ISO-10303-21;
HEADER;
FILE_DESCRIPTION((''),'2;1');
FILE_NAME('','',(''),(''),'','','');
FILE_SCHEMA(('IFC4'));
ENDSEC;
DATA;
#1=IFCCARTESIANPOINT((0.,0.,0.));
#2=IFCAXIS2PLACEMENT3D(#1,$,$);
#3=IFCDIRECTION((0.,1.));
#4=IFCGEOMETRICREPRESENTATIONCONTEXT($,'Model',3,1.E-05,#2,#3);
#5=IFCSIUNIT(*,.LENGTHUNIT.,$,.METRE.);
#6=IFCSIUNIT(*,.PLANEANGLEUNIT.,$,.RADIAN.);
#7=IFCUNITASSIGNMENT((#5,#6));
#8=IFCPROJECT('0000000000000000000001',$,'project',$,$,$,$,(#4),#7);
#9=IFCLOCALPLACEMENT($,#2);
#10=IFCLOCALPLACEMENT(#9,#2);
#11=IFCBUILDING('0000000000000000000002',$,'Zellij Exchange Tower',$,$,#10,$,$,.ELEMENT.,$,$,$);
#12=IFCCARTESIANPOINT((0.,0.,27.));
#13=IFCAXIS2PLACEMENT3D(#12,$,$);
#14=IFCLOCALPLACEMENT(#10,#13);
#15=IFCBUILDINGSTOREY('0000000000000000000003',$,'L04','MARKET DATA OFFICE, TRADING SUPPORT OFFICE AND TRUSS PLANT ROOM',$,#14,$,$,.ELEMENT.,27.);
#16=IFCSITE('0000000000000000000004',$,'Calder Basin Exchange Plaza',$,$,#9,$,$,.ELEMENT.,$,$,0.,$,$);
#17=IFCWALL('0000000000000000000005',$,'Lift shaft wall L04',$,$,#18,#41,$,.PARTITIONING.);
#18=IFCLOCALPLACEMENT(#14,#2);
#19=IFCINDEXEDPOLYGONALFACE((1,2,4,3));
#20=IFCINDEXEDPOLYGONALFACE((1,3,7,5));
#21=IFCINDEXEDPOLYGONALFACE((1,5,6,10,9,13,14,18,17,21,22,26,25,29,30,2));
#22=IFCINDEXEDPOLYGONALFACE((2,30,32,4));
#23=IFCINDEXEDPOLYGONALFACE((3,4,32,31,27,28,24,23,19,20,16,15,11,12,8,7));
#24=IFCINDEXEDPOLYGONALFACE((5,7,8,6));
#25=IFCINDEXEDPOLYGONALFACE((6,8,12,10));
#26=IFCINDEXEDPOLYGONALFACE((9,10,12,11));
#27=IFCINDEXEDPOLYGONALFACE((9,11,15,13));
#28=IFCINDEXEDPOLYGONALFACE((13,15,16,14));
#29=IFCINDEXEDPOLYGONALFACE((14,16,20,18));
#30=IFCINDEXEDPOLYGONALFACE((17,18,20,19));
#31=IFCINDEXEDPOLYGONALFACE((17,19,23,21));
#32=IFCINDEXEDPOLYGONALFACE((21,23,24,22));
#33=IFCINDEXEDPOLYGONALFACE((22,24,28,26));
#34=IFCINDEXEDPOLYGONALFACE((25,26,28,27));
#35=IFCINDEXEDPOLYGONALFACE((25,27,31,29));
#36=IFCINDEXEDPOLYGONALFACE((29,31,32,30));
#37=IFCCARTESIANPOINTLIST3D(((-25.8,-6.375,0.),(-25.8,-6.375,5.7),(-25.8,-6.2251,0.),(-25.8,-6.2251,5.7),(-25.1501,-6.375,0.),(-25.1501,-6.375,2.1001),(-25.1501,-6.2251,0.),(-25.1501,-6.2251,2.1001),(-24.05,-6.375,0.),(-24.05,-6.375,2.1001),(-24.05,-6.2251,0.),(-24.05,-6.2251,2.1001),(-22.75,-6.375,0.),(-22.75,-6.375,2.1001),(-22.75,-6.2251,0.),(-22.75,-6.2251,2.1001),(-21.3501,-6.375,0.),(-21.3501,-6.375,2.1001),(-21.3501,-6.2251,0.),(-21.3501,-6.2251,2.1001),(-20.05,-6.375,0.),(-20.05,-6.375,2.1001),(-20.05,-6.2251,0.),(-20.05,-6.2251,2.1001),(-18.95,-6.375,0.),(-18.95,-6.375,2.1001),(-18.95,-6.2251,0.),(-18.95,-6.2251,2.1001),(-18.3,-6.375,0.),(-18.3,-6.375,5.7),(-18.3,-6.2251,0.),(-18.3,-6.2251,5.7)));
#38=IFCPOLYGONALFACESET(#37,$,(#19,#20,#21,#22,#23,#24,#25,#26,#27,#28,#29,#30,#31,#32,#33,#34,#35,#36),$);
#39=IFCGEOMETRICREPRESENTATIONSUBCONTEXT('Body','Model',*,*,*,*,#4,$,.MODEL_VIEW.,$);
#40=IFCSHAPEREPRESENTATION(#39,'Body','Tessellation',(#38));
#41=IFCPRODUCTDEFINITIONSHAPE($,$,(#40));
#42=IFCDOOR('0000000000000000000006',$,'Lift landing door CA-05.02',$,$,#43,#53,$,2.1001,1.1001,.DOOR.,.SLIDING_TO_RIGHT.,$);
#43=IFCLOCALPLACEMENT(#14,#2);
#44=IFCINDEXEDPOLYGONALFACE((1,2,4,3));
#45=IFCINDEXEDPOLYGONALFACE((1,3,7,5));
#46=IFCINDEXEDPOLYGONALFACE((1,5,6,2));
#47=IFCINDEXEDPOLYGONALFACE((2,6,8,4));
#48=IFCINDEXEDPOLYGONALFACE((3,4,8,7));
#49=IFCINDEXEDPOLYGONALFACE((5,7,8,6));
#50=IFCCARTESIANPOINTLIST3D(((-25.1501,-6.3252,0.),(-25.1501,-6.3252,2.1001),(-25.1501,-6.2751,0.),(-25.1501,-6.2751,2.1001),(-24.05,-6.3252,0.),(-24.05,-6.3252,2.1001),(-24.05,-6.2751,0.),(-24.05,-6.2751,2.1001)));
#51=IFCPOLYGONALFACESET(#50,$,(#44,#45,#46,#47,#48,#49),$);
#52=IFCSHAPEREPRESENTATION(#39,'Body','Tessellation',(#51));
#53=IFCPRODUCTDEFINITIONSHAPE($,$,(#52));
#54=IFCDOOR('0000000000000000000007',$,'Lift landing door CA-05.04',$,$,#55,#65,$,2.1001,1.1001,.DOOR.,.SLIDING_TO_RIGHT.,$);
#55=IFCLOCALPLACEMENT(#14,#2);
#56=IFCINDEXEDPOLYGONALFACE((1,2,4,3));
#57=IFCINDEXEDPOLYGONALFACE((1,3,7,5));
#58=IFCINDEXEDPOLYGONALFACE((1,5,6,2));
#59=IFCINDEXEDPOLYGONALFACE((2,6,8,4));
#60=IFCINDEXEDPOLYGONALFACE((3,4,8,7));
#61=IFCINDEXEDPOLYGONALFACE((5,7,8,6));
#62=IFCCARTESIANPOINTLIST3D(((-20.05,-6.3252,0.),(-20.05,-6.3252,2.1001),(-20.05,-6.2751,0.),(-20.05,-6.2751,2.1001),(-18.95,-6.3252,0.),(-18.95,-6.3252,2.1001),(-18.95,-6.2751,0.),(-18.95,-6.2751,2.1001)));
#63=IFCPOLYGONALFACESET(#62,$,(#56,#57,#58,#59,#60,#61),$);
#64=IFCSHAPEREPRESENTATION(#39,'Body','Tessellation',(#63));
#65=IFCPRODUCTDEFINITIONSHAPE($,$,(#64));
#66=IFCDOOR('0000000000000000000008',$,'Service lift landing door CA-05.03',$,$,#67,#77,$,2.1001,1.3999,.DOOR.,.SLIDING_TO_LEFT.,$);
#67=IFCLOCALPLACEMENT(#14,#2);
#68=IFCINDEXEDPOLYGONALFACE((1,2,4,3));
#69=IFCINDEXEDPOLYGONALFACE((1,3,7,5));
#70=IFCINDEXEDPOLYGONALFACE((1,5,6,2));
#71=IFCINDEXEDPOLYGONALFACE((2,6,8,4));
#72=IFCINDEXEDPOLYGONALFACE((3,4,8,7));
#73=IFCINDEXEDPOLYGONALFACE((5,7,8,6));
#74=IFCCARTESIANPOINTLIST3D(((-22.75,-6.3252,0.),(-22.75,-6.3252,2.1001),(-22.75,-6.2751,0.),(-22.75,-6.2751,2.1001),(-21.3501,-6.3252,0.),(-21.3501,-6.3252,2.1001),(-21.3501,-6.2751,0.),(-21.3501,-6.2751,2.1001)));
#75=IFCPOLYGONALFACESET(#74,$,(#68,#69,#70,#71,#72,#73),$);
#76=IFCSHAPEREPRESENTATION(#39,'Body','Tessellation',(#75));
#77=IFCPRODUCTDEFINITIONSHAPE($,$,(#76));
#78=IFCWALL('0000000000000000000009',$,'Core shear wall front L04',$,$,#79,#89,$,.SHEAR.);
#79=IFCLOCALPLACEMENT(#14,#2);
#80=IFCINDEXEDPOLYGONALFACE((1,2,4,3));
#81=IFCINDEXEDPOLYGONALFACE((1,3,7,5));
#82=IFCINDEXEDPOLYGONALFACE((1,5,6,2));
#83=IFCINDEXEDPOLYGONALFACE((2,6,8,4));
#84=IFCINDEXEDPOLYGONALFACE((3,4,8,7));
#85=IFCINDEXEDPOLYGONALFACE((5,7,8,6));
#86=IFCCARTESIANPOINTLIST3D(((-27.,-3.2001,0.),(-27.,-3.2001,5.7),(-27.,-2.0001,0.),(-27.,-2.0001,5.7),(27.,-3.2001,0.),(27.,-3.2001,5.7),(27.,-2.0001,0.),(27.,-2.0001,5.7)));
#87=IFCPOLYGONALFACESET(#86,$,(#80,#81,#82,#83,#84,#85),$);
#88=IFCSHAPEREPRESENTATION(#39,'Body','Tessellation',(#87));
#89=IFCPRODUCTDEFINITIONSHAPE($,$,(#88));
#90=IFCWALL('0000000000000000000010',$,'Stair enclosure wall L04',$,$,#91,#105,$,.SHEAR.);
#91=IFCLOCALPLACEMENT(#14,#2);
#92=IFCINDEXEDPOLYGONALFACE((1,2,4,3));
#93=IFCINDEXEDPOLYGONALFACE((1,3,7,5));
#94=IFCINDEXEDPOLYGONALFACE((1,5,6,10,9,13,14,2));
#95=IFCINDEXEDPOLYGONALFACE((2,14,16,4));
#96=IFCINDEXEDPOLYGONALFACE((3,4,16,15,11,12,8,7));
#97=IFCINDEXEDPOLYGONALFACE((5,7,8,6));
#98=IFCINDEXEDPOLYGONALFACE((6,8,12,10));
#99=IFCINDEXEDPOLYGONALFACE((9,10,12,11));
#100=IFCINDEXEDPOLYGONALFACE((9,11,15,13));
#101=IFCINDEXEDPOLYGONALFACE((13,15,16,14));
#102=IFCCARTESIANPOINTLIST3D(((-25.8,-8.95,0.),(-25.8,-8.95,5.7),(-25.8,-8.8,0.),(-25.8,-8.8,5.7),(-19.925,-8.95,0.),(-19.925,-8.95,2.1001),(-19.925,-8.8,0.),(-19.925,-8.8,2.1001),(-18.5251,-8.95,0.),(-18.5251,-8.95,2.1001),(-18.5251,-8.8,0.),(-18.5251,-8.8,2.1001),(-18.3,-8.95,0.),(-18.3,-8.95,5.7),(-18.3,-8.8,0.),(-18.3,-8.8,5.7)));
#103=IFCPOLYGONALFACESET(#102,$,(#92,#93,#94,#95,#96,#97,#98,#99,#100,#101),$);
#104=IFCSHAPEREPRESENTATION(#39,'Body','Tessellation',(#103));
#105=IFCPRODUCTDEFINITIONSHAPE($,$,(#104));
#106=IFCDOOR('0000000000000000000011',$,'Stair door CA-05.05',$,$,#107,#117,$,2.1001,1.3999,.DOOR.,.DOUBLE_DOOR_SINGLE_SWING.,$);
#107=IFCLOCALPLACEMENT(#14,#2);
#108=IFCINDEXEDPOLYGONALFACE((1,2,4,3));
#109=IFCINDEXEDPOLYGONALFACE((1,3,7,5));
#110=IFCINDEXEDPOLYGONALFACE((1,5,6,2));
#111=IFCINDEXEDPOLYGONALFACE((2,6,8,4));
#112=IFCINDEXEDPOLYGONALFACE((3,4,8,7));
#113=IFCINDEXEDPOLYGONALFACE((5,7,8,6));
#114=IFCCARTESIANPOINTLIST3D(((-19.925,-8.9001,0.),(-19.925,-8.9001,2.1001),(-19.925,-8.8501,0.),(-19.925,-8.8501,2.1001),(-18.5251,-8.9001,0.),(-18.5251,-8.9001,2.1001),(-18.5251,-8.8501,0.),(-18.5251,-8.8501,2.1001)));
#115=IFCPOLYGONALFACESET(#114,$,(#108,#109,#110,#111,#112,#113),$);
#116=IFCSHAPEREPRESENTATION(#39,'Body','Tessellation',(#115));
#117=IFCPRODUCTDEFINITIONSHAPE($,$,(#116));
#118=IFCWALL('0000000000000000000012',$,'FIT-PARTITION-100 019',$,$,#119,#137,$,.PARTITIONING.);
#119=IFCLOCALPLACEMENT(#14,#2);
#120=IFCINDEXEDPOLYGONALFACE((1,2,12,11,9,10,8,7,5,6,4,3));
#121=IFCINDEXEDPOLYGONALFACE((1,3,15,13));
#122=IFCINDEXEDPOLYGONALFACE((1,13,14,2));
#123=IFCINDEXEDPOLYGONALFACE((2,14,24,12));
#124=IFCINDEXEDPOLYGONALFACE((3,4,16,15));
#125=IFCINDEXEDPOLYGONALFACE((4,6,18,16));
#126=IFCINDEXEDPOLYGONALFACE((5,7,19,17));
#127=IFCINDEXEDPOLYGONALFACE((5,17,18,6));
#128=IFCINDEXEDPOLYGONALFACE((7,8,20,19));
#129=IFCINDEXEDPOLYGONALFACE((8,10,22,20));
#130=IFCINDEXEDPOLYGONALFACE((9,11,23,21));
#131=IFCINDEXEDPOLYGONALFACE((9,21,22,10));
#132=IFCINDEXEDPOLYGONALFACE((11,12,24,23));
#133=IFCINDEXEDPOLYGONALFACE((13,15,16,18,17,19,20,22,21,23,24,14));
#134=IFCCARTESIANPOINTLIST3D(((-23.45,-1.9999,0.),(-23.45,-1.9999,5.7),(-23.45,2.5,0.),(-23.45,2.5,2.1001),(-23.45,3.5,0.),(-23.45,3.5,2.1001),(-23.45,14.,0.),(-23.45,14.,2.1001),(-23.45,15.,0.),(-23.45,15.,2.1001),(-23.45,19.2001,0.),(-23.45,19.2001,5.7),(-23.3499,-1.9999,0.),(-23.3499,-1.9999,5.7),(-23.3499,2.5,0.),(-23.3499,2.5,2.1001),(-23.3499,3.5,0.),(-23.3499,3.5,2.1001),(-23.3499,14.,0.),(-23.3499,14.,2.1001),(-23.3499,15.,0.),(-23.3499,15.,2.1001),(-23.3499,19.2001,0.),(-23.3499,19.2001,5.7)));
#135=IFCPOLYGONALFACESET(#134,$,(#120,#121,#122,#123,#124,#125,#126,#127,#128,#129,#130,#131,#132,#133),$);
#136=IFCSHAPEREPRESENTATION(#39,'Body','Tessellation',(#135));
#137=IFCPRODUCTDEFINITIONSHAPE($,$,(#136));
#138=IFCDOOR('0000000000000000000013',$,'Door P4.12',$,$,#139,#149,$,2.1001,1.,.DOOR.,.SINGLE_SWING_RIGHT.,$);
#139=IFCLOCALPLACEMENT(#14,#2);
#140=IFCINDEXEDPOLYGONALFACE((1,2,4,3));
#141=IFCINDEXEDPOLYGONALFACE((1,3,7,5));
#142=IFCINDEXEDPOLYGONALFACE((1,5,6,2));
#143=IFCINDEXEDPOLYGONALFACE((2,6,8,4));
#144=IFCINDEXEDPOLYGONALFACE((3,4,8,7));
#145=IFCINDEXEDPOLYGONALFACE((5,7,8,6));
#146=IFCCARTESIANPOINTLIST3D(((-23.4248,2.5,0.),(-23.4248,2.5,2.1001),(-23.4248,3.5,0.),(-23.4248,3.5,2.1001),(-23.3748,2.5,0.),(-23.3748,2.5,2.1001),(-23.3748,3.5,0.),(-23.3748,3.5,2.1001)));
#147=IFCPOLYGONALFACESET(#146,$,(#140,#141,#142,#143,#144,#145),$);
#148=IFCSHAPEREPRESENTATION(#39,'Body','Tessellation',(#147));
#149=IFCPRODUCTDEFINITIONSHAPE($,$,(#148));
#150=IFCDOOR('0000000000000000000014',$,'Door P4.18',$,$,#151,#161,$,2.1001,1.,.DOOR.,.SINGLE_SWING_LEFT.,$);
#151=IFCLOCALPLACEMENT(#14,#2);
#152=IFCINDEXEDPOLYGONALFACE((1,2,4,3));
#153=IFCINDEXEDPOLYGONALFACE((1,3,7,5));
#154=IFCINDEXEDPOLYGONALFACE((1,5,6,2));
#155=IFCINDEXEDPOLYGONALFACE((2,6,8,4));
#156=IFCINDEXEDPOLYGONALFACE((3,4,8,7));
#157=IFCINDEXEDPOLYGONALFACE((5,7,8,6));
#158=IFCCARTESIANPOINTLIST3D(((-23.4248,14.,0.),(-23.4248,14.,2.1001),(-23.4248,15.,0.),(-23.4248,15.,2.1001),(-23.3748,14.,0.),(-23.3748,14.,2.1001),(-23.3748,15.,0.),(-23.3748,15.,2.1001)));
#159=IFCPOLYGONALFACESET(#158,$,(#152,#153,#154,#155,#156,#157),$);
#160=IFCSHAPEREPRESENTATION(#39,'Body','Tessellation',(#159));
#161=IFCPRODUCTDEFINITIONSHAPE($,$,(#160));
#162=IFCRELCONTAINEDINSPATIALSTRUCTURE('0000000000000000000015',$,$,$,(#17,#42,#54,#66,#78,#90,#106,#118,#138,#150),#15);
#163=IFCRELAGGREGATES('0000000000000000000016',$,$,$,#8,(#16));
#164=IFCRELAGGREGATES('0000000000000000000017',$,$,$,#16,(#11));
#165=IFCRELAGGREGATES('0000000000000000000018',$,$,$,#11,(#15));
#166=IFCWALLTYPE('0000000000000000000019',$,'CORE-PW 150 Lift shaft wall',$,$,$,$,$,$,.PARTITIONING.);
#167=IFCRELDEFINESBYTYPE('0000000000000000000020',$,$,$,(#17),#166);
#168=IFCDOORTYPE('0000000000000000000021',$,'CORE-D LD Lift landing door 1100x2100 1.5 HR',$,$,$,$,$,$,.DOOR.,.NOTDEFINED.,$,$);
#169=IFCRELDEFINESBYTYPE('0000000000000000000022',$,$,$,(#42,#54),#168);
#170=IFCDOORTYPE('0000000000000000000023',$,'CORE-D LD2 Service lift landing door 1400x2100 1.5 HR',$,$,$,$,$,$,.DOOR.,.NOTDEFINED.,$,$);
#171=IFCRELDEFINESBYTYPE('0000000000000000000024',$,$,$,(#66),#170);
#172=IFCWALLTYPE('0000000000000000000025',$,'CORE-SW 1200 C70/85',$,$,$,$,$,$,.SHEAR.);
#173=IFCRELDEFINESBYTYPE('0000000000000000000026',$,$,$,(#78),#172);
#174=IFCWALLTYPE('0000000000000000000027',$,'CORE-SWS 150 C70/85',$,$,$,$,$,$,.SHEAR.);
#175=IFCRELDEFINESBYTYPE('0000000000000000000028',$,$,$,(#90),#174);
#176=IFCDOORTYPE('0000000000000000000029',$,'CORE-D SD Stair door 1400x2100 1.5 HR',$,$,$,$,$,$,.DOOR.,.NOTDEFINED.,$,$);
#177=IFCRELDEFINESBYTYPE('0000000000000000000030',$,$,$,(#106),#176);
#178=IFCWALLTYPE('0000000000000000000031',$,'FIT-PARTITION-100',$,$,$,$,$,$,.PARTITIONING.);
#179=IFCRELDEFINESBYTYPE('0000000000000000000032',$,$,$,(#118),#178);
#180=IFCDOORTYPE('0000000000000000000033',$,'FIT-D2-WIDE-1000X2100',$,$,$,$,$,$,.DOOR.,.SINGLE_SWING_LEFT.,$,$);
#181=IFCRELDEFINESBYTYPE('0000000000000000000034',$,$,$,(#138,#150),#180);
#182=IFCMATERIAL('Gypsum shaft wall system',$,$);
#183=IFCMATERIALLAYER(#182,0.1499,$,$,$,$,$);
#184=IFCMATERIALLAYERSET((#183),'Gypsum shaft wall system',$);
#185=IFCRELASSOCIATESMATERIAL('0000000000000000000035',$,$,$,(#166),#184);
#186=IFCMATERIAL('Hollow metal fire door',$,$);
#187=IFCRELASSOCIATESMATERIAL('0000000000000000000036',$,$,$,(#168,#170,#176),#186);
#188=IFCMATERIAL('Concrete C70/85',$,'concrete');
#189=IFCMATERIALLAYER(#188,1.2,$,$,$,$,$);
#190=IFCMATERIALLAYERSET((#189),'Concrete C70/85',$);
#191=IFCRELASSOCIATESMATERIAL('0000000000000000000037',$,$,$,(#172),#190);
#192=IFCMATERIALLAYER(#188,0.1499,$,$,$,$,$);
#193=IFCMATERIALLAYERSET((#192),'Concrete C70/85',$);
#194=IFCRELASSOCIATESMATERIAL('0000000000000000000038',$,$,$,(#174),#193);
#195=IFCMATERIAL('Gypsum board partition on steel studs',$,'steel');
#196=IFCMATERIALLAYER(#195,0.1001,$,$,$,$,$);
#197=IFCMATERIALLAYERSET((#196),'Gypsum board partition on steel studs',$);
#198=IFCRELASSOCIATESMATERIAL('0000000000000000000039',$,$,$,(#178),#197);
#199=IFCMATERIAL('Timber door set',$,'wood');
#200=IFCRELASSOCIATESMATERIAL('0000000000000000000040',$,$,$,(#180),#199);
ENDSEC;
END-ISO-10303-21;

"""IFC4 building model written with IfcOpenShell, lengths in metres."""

from ifc_helpers import new_model, si_unit, direction, frame, frame_2d, origin, place, context, subcontext, project, spatial, rectangle, extrude, material, layer, layer_set, type_object, element, fill, save


model = new_model("IFC4")

# Units and contexts
model_context = context("Model", 3, precision=1e-05, world=origin(), true_north=direction((0.0, 1.0)))
body_context = subcontext(model_context, "Body", "Model", "MODEL_VIEW")
ifc_project = project(units=[si_unit("LENGTHUNIT", "METRE"), si_unit("PLANEANGLEUNIT", "RADIAN")], contexts=[model_context])

# Site, building, storey
site_placement = place(None, origin())
site = spatial("IfcSite", under=ifc_project, at=site_placement, Name="Calder Basin Exchange Plaza", CompositionType="ELEMENT", RefElevation=0.0)
building_placement = place(site_placement, origin())
building = spatial("IfcBuilding", under=site, at=building_placement, Name="Zellij Exchange Tower", CompositionType="ELEMENT")
storey_placement = place(building_placement, frame((0.0, 0.0, 27.0)))
storey = spatial("IfcBuildingStorey", under=building, at=storey_placement, Name="L04", Description="MARKET DATA OFFICE, TRADING SUPPORT OFFICE AND TRUSS PLANT ROOM", CompositionType="ELEMENT", Elevation=27.0)

# Shared definitions
ifc_material_1 = material(Name="Concrete C70/85", Category="concrete")

# Shared definitions
ifc_material_2 = material(Name="Gypsum shaft wall system")
ifc_layer_1 = layer(ifc_material_2, 0.1499)
ifc_layer_set_1 = layer_set([ifc_layer_1], Name="Gypsum shaft wall system")
wall_type_1 = type_object("IfcWallType", Name="CORE-PW 150 Lift shaft wall", PredefinedType="PARTITIONING", material=ifc_layer_set_1)

# Wall, openings, doors
wall_1_placement = place(storey_placement, frame((-25.8, -6.3, 0.0), z_axis=(0.0, 0.0, 1.0), x_axis=(1.0, 0.0, 0.0)))
wall_1 = element("IfcWall", 1, at=wall_1_placement, inside=storey, type_object=wall_type_1, Name="Lift shaft wall L04", PredefinedType="PARTITIONING", context=body_context, shape_type="SweptSolid", body=[
    extrude(rectangle(XDim=7.5, YDim=0.1499, at=frame_2d((3.75, 0.0))), origin(), (0.0, 0.0, 1.0), 5.7),
])
opening_1_placement = place(wall_1_placement, frame((0.6499, 0.0, 0.0)))
opening_1 = element("IfcOpeningElement", 2, at=opening_1_placement, cuts=wall_1, PredefinedType="OPENING", context=body_context, shape_type="SweptSolid", body=[
    extrude(rectangle(XDim=1.1001, YDim=2.1001, at=frame_2d((0.55, 1.05))), frame((0.0, 0.0869, 0.0), z_axis=(0.0, -1.0, 0.0), x_axis=(1.0, 0.0, 0.0)), (0.0, 0.0, 1.0), 0.1738),
])
opening_2_placement = place(wall_1_placement, frame((3.05, 0.0, 0.0)))
opening_2 = element("IfcOpeningElement", 3, at=opening_2_placement, cuts=wall_1, PredefinedType="OPENING", context=body_context, shape_type="SweptSolid", body=[
    extrude(rectangle(XDim=1.3999, YDim=2.1001, at=frame_2d((0.7, 1.05))), frame((0.0, 0.0869, 0.0), z_axis=(0.0, -1.0, 0.0), x_axis=(1.0, 0.0, 0.0)), (0.0, 0.0, 1.0), 0.1738),
])
opening_3_placement = place(wall_1_placement, frame((5.75, 0.0, 0.0)))
opening_3 = element("IfcOpeningElement", 4, at=opening_3_placement, cuts=wall_1, PredefinedType="OPENING", context=body_context, shape_type="SweptSolid", body=[
    extrude(rectangle(XDim=1.1001, YDim=2.1001, at=frame_2d((0.55, 1.05))), frame((0.0, 0.0869, 0.0), z_axis=(0.0, -1.0, 0.0), x_axis=(1.0, 0.0, 0.0)), (0.0, 0.0, 1.0), 0.1738),
])
ifc_material_3 = material(Name="Hollow metal fire door")
door_type_1 = type_object("IfcDoorType", Name="CORE-D LD Lift landing door 1100x2100 1.5 HR", OperationType="NOTDEFINED", PredefinedType="DOOR", material=ifc_material_3)
door_1_placement = place(opening_1_placement, origin())
door_1 = element("IfcDoor", 5, at=door_1_placement, inside=storey, type_object=door_type_1, Name="Lift landing door CA-05.02", OperationType="SLIDING_TO_RIGHT", OverallHeight=2.1001, OverallWidth=1.1001, PredefinedType="DOOR", context=body_context, shape_type="SweptSolid", body=[
    extrude(rectangle(XDim=1.1001, YDim=2.1001, at=frame_2d((0.55, 1.05))), frame((0.0, 0.0249, 0.0), z_axis=(0.0, -1.0, 0.0), x_axis=(1.0, 0.0, 0.0)), (0.0, 0.0, 1.0), 0.05),
])
fill(opening_1, door_1)
door_2_placement = place(opening_3_placement, origin())
door_2 = element("IfcDoor", 6, at=door_2_placement, inside=storey, type_object=door_type_1, Name="Lift landing door CA-05.04", OperationType="SLIDING_TO_RIGHT", OverallHeight=2.1001, OverallWidth=1.1001, PredefinedType="DOOR", context=body_context, shape_type="SweptSolid", body=[
    extrude(rectangle(XDim=1.1001, YDim=2.1001, at=frame_2d((0.55, 1.05))), frame((0.0, 0.0249, 0.0), z_axis=(0.0, -1.0, 0.0), x_axis=(1.0, 0.0, 0.0)), (0.0, 0.0, 1.0), 0.05),
])
fill(opening_3, door_2)
door_type_2 = type_object("IfcDoorType", Name="CORE-D LD2 Service lift landing door 1400x2100 1.5 HR", OperationType="NOTDEFINED", PredefinedType="DOOR", material=ifc_material_3)
door_3_placement = place(opening_2_placement, origin())
door_3 = element("IfcDoor", 7, at=door_3_placement, inside=storey, type_object=door_type_2, Name="Service lift landing door CA-05.03", OperationType="SLIDING_TO_LEFT", OverallHeight=2.1001, OverallWidth=1.3999, PredefinedType="DOOR", context=body_context, shape_type="SweptSolid", body=[
    extrude(rectangle(XDim=1.3999, YDim=2.1001, at=frame_2d((0.7, 1.05))), frame((0.0, 0.0249, 0.0), z_axis=(0.0, -1.0, 0.0), x_axis=(1.0, 0.0, 0.0)), (0.0, 0.0, 1.0), 0.05),
])
fill(opening_2, door_3)

# Wall
ifc_layer_2 = layer(ifc_material_1, 1.2)
ifc_layer_set_2 = layer_set([ifc_layer_2], Name="Concrete C70/85")
wall_type_2 = type_object("IfcWallType", Name="CORE-SW 1200 C70/85", PredefinedType="SHEAR", material=ifc_layer_set_2)
wall_2_placement = place(storey_placement, frame((-27.0, -2.6001, 0.0), z_axis=(0.0, 0.0, 1.0), x_axis=(1.0, 0.0, 0.0)))
element("IfcWall", 8, at=wall_2_placement, inside=storey, type_object=wall_type_2, Name="Core shear wall front L04", PredefinedType="SHEAR", context=body_context, shape_type="SweptSolid", body=[
    extrude(rectangle(XDim=54.0, YDim=1.2, at=frame_2d((27.0, 0.0))), origin(), (0.0, 0.0, 1.0), 5.7),
])

# Wall, opening, door
ifc_layer_3 = layer(ifc_material_1, 0.1499)
ifc_layer_set_3 = layer_set([ifc_layer_3], Name="Concrete C70/85")
wall_type_3 = type_object("IfcWallType", Name="CORE-SWS 150 C70/85", PredefinedType="SHEAR", material=ifc_layer_set_3)
wall_3_placement = place(storey_placement, frame((-25.8, -8.875, 0.0), z_axis=(0.0, 0.0, 1.0), x_axis=(1.0, 0.0, 0.0)))
wall_3 = element("IfcWall", 9, at=wall_3_placement, inside=storey, type_object=wall_type_3, Name="Stair enclosure wall L04", PredefinedType="SHEAR", context=body_context, shape_type="SweptSolid", body=[
    extrude(rectangle(XDim=7.5, YDim=0.1499, at=frame_2d((3.75, 0.0))), origin(), (0.0, 0.0, 1.0), 5.7),
])
opening_4_placement = place(wall_3_placement, frame((5.875, 0.0, 0.0)))
opening_4 = element("IfcOpeningElement", 10, at=opening_4_placement, cuts=wall_3, PredefinedType="OPENING", context=body_context, shape_type="SweptSolid", body=[
    extrude(rectangle(XDim=1.3999, YDim=2.1001, at=frame_2d((0.7, 1.05))), frame((0.0, 0.0869, 0.0), z_axis=(0.0, -1.0, 0.0), x_axis=(1.0, 0.0, 0.0)), (0.0, 0.0, 1.0), 0.1738),
])
door_type_3 = type_object("IfcDoorType", Name="CORE-D SD Stair door 1400x2100 1.5 HR", OperationType="NOTDEFINED", PredefinedType="DOOR", material=ifc_material_3)
door_4_placement = place(opening_4_placement, origin())
door_4 = element("IfcDoor", 11, at=door_4_placement, inside=storey, type_object=door_type_3, Name="Stair door CA-05.05", OperationType="DOUBLE_DOOR_SINGLE_SWING", OverallHeight=2.1001, OverallWidth=1.3999, PredefinedType="DOOR", context=body_context, shape_type="SweptSolid", body=[
    extrude(rectangle(XDim=1.3999, YDim=2.1001, at=frame_2d((0.7, 1.05))), frame((0.0, 0.0249, 0.0), z_axis=(0.0, -1.0, 0.0), x_axis=(1.0, 0.0, 0.0)), (0.0, 0.0, 1.0), 0.05),
])
fill(opening_4, door_4)

# Wall, openings, doors
ifc_material_4 = material(Name="Gypsum board partition on steel studs", Category="steel")
ifc_layer_4 = layer(ifc_material_4, 0.1001)
ifc_layer_set_4 = layer_set([ifc_layer_4], Name="Gypsum board partition on steel studs")
wall_type_4 = type_object("IfcWallType", Name="FIT-PARTITION-100", PredefinedType="PARTITIONING", material=ifc_layer_set_4)
wall_4_placement = place(storey_placement, frame((-23.3999, -2.0, 0.0), z_axis=(0.0, 0.0, 1.0), x_axis=(0.0, 1.0, 0.0)))
wall_4 = element("IfcWall", 12, at=wall_4_placement, inside=storey, type_object=wall_type_4, Name="FIT-PARTITION-100 019", PredefinedType="PARTITIONING", context=body_context, shape_type="SweptSolid", body=[
    extrude(rectangle(XDim=21.2, YDim=0.1001, at=frame_2d((10.6001, 0.0))), origin(), (0.0, 0.0, 1.0), 5.7),
])
opening_5_placement = place(wall_4_placement, frame((4.5, 0.0, 0.0)))
opening_5 = element("IfcOpeningElement", 13, at=opening_5_placement, cuts=wall_4, PredefinedType="OPENING", context=body_context, shape_type="SweptSolid", body=[
    extrude(rectangle(XDim=1.0, YDim=2.1001, at=frame_2d((0.5, 1.05))), frame((0.0, 0.062, 0.0), z_axis=(0.0, -1.0, 0.0), x_axis=(1.0, 0.0, 0.0)), (0.0, 0.0, 1.0), 0.124),
])
opening_6_placement = place(wall_4_placement, frame((16.0, 0.0, 0.0)))
opening_6 = element("IfcOpeningElement", 14, at=opening_6_placement, cuts=wall_4, PredefinedType="OPENING", context=body_context, shape_type="SweptSolid", body=[
    extrude(rectangle(XDim=1.0, YDim=2.1001, at=frame_2d((0.5, 1.05))), frame((0.0, 0.062, 0.0), z_axis=(0.0, -1.0, 0.0), x_axis=(1.0, 0.0, 0.0)), (0.0, 0.0, 1.0), 0.124),
])
ifc_material_5 = material(Name="Timber door set", Category="wood")
door_type_4 = type_object("IfcDoorType", Name="FIT-D2-WIDE-1000X2100", OperationType="SINGLE_SWING_LEFT", PredefinedType="DOOR", material=ifc_material_5)
door_5_placement = place(opening_5_placement, origin())
door_5 = element("IfcDoor", 15, at=door_5_placement, inside=storey, type_object=door_type_4, Name="Door P4.12", OperationType="SINGLE_SWING_RIGHT", OverallHeight=2.1001, OverallWidth=1.0, PredefinedType="DOOR", context=body_context, shape_type="SweptSolid", body=[
    extrude(rectangle(XDim=1.0, YDim=2.1001, at=frame_2d((0.5, 1.05))), frame((0.0, 0.0249, 0.0), z_axis=(0.0, -1.0, 0.0), x_axis=(1.0, 0.0, 0.0)), (0.0, 0.0, 1.0), 0.05),
])
fill(opening_5, door_5)
door_6_placement = place(opening_6_placement, origin())
door_6 = element("IfcDoor", 16, at=door_6_placement, inside=storey, type_object=door_type_4, Name="Door P4.18", OperationType="SINGLE_SWING_LEFT", OverallHeight=2.1001, OverallWidth=1.0, PredefinedType="DOOR", context=body_context, shape_type="SweptSolid", body=[
    extrude(rectangle(XDim=1.0, YDim=2.1001, at=frame_2d((0.5, 1.05))), frame((0.0, 0.0249, 0.0), z_axis=(0.0, -1.0, 0.0), x_axis=(1.0, 0.0, 0.0)), (0.0, 0.0, 1.0), 0.05),
])
fill(opening_6, door_6)

save(model, "model.ifc")
